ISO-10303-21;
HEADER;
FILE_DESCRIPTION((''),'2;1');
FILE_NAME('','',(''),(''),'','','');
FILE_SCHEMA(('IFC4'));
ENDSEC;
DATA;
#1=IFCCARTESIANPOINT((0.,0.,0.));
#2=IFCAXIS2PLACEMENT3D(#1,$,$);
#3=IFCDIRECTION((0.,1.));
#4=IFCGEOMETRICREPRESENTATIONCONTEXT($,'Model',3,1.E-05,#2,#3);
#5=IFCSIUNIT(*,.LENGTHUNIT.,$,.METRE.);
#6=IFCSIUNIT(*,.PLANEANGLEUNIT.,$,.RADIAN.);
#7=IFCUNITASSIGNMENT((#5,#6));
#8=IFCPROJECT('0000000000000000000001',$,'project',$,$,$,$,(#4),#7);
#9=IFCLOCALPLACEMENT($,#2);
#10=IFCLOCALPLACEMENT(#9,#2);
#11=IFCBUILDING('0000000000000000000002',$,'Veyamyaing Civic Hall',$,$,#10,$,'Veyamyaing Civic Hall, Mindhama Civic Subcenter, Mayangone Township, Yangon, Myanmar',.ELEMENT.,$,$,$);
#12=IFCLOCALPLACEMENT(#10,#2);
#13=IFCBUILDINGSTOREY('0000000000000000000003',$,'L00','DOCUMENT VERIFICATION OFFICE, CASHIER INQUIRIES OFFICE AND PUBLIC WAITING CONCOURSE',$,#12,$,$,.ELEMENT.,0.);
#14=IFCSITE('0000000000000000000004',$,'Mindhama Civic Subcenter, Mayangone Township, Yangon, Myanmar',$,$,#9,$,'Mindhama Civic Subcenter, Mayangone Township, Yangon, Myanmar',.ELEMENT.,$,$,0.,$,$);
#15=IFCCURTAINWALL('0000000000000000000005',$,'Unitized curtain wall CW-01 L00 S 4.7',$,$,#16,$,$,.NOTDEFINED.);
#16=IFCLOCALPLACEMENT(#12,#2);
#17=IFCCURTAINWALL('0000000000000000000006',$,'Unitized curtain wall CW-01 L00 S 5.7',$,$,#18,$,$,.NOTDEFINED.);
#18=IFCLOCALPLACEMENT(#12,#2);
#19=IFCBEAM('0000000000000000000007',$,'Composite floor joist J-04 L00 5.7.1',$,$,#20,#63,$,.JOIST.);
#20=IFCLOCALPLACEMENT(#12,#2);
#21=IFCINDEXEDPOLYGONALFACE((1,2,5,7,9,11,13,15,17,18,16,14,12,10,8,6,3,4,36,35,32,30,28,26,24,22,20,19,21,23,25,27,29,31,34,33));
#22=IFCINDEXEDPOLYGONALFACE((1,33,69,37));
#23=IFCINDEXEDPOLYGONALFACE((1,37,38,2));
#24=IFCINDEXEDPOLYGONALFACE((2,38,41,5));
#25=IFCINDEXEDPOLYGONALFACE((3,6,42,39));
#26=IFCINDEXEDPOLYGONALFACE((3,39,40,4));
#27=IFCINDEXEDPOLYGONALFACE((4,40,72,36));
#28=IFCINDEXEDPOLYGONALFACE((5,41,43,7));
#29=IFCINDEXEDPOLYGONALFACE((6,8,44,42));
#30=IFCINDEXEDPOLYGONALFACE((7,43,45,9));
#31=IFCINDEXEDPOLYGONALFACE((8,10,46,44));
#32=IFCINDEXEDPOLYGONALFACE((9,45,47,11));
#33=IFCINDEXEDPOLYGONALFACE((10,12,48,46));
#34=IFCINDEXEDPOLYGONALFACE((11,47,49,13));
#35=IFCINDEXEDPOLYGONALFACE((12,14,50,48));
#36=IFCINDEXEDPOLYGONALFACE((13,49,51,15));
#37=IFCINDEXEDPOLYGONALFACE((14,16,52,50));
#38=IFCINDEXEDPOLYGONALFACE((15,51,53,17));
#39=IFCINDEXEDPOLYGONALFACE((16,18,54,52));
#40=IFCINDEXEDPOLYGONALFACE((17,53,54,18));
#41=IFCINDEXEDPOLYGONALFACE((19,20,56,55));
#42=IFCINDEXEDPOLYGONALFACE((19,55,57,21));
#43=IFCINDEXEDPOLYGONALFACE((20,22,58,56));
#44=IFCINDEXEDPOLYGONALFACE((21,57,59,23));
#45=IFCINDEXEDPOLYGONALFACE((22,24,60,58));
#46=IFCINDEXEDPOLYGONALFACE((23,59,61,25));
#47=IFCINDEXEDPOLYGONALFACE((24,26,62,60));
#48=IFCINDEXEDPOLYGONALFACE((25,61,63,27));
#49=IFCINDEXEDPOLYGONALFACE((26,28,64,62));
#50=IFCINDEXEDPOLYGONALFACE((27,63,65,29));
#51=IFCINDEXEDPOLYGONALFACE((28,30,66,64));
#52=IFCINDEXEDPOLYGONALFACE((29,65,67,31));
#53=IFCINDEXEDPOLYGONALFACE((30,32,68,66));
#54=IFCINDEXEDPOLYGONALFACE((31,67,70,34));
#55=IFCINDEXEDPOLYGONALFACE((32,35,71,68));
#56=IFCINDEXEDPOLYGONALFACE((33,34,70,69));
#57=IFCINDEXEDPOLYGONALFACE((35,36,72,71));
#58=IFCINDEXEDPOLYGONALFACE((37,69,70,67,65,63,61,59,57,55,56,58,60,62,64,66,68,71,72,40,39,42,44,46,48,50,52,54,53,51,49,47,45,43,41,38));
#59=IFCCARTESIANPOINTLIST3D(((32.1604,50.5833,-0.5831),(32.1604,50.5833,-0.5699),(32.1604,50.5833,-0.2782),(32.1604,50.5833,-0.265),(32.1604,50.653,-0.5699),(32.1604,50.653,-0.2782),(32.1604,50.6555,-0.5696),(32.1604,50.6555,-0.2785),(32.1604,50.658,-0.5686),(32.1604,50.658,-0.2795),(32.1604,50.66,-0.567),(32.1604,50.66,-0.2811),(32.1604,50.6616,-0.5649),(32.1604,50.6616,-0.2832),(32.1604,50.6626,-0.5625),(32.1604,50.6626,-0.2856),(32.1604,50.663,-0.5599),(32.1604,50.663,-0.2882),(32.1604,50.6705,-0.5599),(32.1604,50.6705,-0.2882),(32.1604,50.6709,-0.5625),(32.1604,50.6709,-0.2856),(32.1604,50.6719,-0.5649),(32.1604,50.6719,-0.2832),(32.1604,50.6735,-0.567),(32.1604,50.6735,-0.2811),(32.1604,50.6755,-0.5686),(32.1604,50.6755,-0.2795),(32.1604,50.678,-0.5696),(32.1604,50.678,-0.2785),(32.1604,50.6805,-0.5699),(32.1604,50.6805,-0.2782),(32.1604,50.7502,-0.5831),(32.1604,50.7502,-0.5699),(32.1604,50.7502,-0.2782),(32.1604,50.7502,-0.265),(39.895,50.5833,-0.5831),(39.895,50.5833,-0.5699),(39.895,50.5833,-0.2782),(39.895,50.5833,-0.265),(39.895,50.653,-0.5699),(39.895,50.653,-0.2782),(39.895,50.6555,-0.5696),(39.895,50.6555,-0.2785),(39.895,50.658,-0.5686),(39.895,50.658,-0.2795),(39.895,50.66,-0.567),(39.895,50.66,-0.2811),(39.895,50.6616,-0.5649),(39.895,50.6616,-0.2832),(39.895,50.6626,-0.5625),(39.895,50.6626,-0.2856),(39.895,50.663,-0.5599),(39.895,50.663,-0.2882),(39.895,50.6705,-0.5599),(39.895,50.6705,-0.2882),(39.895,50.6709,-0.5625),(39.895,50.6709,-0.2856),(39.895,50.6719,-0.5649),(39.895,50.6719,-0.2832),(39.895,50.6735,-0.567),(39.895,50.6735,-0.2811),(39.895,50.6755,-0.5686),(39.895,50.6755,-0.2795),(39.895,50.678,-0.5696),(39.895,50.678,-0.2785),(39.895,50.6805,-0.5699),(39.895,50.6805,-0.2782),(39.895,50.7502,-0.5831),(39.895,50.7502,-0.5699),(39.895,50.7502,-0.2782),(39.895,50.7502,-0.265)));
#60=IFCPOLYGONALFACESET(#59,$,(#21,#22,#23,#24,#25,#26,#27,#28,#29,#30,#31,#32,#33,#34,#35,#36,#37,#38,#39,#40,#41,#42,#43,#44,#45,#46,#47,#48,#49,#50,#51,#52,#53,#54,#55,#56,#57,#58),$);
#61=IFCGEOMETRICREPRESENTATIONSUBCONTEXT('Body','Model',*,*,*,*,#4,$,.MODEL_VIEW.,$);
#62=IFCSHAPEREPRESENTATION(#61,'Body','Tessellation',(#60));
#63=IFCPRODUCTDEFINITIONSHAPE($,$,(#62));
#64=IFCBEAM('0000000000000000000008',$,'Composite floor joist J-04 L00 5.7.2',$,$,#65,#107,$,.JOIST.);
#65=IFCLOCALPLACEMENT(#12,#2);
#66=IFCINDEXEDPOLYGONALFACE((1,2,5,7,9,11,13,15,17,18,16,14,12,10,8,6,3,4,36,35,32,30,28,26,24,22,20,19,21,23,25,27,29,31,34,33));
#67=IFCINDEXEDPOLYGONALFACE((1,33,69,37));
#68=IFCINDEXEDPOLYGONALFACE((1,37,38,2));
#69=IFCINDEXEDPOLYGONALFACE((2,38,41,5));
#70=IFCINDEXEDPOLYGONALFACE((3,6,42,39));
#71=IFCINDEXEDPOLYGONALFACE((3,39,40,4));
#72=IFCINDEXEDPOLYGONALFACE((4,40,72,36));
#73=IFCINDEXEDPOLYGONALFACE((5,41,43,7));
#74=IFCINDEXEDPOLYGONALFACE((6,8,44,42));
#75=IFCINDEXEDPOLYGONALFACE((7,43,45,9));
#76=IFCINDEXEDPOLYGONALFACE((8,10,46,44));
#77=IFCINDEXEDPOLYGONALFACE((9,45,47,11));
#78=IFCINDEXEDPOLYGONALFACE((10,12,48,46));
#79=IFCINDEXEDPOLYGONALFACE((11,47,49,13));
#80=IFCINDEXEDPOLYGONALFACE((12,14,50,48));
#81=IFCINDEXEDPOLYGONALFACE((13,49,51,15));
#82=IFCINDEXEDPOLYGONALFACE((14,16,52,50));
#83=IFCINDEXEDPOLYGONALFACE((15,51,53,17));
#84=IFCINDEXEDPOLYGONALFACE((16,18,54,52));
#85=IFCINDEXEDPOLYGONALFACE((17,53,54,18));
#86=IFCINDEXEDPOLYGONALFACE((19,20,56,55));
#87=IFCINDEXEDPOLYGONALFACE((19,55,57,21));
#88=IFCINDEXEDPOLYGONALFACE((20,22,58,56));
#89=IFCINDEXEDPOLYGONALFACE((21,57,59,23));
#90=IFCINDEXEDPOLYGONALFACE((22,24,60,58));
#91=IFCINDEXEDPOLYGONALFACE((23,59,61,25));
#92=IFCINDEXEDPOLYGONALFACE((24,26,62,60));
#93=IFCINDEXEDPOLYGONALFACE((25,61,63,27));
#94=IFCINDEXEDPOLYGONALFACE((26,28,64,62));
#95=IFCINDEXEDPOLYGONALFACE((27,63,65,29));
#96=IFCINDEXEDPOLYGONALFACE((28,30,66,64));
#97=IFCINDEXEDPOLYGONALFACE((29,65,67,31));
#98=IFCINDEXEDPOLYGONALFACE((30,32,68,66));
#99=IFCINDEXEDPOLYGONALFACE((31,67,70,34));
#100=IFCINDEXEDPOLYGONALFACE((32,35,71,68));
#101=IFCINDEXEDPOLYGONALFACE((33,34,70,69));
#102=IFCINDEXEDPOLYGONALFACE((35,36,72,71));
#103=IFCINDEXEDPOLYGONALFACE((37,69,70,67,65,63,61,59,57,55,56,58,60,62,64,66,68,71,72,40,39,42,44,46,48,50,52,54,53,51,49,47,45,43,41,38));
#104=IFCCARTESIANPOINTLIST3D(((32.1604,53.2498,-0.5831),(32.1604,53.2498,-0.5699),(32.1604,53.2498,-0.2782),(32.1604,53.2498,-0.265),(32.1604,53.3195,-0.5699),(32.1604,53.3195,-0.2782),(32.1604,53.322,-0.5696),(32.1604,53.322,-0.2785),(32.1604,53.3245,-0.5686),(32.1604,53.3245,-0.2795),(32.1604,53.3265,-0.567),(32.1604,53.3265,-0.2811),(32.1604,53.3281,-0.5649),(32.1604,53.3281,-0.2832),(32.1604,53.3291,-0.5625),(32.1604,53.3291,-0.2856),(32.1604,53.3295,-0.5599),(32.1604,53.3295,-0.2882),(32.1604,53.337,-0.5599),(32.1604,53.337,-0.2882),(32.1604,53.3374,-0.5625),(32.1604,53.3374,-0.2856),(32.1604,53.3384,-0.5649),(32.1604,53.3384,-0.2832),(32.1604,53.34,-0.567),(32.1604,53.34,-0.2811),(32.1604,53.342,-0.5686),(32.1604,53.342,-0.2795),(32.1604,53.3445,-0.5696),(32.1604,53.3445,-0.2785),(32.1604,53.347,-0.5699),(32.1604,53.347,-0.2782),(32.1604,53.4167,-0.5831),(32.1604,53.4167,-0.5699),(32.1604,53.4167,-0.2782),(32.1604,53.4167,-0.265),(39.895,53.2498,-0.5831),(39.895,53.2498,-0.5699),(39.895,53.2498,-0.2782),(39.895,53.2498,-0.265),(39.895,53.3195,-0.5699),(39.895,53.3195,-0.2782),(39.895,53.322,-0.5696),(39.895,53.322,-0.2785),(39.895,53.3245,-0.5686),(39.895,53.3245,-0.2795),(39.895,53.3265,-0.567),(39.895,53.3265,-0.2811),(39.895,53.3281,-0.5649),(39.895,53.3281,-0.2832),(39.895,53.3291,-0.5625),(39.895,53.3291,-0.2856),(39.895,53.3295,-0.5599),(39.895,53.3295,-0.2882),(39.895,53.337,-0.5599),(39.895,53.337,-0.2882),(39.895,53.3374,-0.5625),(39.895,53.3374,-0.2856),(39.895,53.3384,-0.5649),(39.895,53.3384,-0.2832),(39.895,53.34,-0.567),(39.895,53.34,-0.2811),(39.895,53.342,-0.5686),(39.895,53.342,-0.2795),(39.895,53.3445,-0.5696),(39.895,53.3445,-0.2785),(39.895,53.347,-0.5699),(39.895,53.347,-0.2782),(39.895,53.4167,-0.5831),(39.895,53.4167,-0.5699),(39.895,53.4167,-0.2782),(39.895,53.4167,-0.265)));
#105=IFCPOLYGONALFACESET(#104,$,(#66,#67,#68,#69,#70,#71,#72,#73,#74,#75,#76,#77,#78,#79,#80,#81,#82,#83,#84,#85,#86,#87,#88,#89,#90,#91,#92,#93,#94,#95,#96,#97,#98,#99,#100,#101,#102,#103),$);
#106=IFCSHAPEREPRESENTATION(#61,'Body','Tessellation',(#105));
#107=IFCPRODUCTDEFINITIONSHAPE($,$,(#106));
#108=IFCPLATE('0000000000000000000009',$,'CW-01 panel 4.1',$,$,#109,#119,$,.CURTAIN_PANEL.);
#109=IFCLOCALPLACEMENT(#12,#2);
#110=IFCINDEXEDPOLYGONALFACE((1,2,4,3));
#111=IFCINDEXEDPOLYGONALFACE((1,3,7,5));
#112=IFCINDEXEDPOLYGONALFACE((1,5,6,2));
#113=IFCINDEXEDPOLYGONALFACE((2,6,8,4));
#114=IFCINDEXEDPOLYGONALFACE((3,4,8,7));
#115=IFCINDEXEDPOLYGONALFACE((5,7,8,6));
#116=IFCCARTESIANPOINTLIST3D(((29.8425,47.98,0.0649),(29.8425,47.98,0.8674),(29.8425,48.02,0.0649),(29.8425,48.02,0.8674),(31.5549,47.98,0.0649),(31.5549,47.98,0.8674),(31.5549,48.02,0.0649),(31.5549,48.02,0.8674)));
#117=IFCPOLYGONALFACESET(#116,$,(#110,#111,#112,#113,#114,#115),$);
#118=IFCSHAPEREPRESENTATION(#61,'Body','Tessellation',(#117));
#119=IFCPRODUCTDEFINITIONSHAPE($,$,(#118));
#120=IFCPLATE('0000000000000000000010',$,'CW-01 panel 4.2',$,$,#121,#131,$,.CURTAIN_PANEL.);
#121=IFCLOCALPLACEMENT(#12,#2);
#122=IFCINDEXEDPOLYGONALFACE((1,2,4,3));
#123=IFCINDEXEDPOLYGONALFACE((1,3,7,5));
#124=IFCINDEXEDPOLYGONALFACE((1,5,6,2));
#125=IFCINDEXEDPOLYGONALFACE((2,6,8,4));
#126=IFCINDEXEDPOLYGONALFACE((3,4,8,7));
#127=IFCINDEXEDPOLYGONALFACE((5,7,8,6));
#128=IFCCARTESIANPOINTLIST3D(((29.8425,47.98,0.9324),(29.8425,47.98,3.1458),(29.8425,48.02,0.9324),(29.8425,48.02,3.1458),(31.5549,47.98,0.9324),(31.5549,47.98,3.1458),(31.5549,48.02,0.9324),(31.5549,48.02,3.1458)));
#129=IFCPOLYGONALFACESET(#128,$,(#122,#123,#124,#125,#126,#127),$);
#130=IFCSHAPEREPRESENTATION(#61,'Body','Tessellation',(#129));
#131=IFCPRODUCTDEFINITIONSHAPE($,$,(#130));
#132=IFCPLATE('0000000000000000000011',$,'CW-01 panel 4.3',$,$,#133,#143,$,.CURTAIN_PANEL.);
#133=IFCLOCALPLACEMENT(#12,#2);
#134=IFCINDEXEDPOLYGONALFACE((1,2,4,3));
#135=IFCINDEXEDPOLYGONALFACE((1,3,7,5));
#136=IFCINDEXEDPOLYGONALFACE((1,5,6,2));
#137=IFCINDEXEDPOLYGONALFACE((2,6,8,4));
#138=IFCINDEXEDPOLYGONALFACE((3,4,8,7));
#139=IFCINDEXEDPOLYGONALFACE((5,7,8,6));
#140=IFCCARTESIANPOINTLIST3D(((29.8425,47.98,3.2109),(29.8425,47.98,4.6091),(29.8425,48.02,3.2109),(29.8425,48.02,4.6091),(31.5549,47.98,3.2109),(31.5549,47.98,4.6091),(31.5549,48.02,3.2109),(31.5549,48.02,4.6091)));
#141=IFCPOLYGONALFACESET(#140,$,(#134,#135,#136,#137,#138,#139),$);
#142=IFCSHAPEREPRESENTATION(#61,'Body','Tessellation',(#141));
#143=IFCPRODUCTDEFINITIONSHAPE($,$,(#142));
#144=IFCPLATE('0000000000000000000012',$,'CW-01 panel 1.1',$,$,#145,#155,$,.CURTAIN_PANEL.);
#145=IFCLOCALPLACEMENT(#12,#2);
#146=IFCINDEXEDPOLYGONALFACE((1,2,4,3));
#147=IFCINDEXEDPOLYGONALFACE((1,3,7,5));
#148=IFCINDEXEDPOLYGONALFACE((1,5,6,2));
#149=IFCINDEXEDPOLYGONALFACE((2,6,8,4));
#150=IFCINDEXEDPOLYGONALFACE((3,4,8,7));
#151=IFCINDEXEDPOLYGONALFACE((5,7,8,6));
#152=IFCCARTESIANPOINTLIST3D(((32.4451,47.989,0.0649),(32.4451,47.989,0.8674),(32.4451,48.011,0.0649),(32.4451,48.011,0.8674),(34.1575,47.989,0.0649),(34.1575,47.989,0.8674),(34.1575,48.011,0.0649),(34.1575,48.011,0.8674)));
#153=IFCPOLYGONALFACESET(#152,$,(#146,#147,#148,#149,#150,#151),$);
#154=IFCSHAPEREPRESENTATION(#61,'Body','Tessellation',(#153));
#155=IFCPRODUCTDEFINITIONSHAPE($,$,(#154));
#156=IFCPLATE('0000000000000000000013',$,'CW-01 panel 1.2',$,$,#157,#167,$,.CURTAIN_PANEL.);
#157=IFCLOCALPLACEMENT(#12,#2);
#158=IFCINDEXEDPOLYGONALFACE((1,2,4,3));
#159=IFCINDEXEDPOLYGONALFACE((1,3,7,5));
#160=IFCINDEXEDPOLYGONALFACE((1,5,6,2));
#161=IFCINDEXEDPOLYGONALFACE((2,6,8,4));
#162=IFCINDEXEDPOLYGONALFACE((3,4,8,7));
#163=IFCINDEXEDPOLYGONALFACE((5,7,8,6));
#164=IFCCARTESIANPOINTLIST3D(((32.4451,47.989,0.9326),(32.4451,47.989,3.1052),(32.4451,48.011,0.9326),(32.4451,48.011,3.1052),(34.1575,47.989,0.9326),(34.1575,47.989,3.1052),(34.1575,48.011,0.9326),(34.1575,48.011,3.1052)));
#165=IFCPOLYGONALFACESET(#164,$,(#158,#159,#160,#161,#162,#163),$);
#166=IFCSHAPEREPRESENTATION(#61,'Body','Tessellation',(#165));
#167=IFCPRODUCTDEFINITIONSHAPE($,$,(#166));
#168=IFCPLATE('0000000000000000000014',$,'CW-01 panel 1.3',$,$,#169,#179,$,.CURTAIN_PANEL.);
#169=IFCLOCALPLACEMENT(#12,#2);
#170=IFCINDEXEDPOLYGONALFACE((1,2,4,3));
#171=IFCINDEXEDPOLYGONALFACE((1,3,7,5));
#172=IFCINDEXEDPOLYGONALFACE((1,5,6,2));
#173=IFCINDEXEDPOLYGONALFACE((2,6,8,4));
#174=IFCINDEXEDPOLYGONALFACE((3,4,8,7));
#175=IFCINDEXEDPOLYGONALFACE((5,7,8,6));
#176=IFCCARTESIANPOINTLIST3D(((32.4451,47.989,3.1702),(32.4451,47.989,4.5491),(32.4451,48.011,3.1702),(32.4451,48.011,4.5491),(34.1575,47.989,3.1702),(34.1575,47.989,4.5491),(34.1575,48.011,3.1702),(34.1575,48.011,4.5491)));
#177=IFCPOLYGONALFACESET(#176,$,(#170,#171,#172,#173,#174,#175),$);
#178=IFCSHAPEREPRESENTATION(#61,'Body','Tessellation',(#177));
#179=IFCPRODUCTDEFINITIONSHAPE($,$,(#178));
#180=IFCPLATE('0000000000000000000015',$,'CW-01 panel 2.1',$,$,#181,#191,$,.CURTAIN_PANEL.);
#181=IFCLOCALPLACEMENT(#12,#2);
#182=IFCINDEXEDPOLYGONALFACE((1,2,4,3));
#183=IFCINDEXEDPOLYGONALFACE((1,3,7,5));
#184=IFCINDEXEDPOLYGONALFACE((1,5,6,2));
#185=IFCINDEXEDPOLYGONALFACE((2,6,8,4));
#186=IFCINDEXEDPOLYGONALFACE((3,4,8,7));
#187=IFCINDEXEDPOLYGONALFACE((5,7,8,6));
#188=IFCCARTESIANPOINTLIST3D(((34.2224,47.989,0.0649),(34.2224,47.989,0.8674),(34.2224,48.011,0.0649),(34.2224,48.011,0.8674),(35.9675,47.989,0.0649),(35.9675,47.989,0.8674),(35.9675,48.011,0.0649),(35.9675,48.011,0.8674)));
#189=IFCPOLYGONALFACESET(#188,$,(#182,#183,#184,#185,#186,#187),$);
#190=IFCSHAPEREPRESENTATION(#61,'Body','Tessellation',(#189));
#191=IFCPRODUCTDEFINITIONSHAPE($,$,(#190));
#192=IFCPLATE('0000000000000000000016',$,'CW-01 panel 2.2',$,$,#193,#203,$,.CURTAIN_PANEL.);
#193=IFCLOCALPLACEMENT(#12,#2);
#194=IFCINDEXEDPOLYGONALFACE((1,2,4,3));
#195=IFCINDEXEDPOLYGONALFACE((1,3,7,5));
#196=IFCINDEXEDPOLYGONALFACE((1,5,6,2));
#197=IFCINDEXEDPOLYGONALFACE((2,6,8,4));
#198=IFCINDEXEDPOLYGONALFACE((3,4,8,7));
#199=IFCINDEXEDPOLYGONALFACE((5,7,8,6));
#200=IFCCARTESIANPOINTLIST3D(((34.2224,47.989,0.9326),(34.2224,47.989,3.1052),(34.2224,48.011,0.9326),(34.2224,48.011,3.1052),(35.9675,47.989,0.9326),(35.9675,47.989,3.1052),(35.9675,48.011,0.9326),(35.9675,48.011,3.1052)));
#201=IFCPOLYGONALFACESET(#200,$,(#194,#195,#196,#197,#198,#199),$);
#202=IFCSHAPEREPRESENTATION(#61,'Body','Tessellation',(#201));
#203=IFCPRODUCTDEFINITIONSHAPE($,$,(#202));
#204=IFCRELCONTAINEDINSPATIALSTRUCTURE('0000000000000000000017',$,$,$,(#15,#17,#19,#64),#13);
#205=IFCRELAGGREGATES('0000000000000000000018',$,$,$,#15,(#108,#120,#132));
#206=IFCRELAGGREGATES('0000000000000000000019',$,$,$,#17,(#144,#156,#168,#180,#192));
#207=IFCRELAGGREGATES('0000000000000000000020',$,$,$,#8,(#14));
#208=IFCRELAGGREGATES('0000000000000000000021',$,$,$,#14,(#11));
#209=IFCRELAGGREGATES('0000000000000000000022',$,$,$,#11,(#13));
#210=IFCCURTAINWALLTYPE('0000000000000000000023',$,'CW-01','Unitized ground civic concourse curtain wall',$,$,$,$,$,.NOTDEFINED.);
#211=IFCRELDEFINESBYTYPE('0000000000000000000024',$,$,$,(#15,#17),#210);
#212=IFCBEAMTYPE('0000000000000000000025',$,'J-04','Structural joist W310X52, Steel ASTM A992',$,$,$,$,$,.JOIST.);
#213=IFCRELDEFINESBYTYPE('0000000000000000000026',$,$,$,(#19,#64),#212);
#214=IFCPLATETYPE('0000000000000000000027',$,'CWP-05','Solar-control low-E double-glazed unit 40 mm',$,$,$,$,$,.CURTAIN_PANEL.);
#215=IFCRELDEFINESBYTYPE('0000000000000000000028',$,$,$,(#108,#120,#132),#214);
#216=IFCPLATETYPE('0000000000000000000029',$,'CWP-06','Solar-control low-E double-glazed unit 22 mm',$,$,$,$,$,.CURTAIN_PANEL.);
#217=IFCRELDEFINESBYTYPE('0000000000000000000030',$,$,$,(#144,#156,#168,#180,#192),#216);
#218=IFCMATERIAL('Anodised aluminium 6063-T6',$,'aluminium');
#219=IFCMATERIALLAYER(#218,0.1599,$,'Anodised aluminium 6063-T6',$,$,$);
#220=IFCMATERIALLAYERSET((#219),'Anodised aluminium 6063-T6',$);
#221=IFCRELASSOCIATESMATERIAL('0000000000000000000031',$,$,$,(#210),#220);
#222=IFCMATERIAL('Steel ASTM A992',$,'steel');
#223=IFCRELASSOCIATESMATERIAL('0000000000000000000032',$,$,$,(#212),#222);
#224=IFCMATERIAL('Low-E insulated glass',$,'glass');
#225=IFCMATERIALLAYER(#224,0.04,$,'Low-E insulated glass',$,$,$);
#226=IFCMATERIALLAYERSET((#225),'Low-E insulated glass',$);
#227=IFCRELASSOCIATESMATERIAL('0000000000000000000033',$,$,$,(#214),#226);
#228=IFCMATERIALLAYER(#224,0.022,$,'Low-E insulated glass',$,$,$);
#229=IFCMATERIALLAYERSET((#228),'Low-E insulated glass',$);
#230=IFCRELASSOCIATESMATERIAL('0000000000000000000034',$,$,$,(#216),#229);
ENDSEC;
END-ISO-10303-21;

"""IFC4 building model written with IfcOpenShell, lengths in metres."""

from ifc_helpers import new_model, si_unit, direction, frame, origin, origin_2d, place, context, subcontext, project, spatial, rectangle, i_section, extrude, material, layer, layer_set, material_profile, profile_set, type_object, element, aggregate, save


model = new_model("IFC4")

# Units and contexts
model_context = context("Model", 3, precision=1e-05, world=origin(), true_north=direction((0.0, 1.0)))
body_context = subcontext(model_context, "Body", "Model", "MODEL_VIEW")
ifc_project = project(units=[si_unit("LENGTHUNIT", "METRE"), si_unit("PLANEANGLEUNIT", "RADIAN")], contexts=[model_context])

# Site, building, storey
site_placement = place(None, origin())
site = spatial("IfcSite", under=ifc_project, at=site_placement, Name="Mindhama Civic Subcenter, Mayangone Township, Yangon, Myanmar", LongName="Mindhama Civic Subcenter, Mayangone Township, Yangon, Myanmar", CompositionType="ELEMENT", RefElevation=0.0)
building_placement = place(site_placement, origin())
building = spatial("IfcBuilding", under=site, at=building_placement, Name="Veyamyaing Civic Hall", LongName="Veyamyaing Civic Hall, Mindhama Civic Subcenter, Mayangone Township, Yangon, Myanmar", CompositionType="ELEMENT")
storey_placement = place(building_placement, origin())
storey = spatial("IfcBuildingStorey", under=building, at=storey_placement, Name="L00", Description="DOCUMENT VERIFICATION OFFICE, CASHIER INQUIRIES OFFICE AND PUBLIC WAITING CONCOURSE", CompositionType="ELEMENT", Elevation=0.0)

# Shared definitions
ifc_material_1 = material(Name="Steel ASTM A992", Category="steel")

# Curtain wall
ifc_material_2 = material(Name="Anodised aluminium 6063-T6", Category="aluminium")
ifc_layer_1 = layer(ifc_material_2, 0.1599, Name="Anodised aluminium 6063-T6")
ifc_layer_set_1 = layer_set([ifc_layer_1], Name="Anodised aluminium 6063-T6")
curtain_wall_type = type_object("IfcCurtainWallType", Name="CW-01", Description="Unitized ground civic concourse curtain wall", PredefinedType="NOTDEFINED", material=ifc_layer_set_1)
curtain_wall_1_placement = place(storey_placement, origin())
curtain_wall_1 = element("IfcCurtainWall", 1, at=curtain_wall_1_placement, inside=storey, type_object=curtain_wall_type, Name="Unitized curtain wall CW-01 L00 S 4.7", PredefinedType="NOTDEFINED")

# Curtain wall
curtain_wall_2_placement = place(storey_placement, origin())
curtain_wall_2 = element("IfcCurtainWall", 2, at=curtain_wall_2_placement, inside=storey, type_object=curtain_wall_type, Name="Unitized curtain wall CW-01 L00 S 5.7", PredefinedType="NOTDEFINED")

# Beams
ifc_material_profile_1 = material_profile(ifc_material_1, i_section(OverallWidth=0.167, OverallDepth=0.3181, WebThickness=0.0076, FlangeThickness=0.0132, FilletRadius=0.01, at=origin_2d()), Name="W310X52")
ifc_profile_set_1 = profile_set([ifc_material_profile_1], Name="Steel ASTM A992")
beam_type_1 = type_object("IfcBeamType", Name="J-04", Description="Structural joist W310X52, Steel ASTM A992", PredefinedType="JOIST", material=ifc_profile_set_1)
for number, where, z_axis, x_axis, name in (
    (3, (32.1604, 50.6667, -0.4241), (1.0, 0.0, 0.0), (0.0, 1.0, 0.0), "Composite floor joist J-04 L00 5.7.1"),
    (4, (32.1604, 53.3333, -0.4241), (1.0, 0.0, 0.0), (0.0, 1.0, 0.0), "Composite floor joist J-04 L00 5.7.2"),
):
    element("IfcBeam", number, at=place(storey_placement, frame(where, z_axis=z_axis, x_axis=x_axis)), inside=storey, type_object=beam_type_1, Name=name, PredefinedType="JOIST", context=body_context, shape_type="SweptSolid", body=[
        extrude(i_section(OverallWidth=0.167, OverallDepth=0.3181, WebThickness=0.0076, FlangeThickness=0.0132, FilletRadius=0.01, at=origin_2d()), origin(), (0.0, 0.0, 1.0), 7.7346),
    ])

# Plates
ifc_material_3 = material(Name="Low-E insulated glass", Category="glass")
ifc_layer_2 = layer(ifc_material_3, 0.04, Name="Low-E insulated glass")
ifc_layer_set_2 = layer_set([ifc_layer_2], Name="Low-E insulated glass")
plate_type_1 = type_object("IfcPlateType", Name="CWP-05", Description="Solar-control low-E double-glazed unit 40 mm", PredefinedType="CURTAIN_PANEL", material=ifc_layer_set_2)
plate_1_placement = place(storey_placement, frame((30.6987, 48.0, 0.0649), z_axis=(0.0, 0.0, 1.0), x_axis=(1.0, 0.0, 0.0)))
plate_1 = element("IfcPlate", 5, at=plate_1_placement, type_object=plate_type_1, Name="CW-01 panel 4.1", PredefinedType="CURTAIN_PANEL", context=body_context, shape_type="SweptSolid", body=[
    extrude(rectangle(XDim=1.7124, YDim=0.04, at=origin_2d()), origin(), (0.0, 0.0, 1.0), 0.8025),
])
plate_2_placement = place(storey_placement, frame((30.6987, 48.0, 0.9324), z_axis=(0.0, 0.0, 1.0), x_axis=(1.0, 0.0, 0.0)))
plate_2 = element("IfcPlate", 6, at=plate_2_placement, type_object=plate_type_1, Name="CW-01 panel 4.2", PredefinedType="CURTAIN_PANEL", context=body_context, shape_type="SweptSolid", body=[
    extrude(rectangle(XDim=1.7124, YDim=0.04, at=origin_2d()), origin(), (0.0, 0.0, 1.0), 2.2134),
])
plate_3_placement = place(storey_placement, frame((30.6987, 48.0, 3.2109), z_axis=(0.0, 0.0, 1.0), x_axis=(1.0, 0.0, 0.0)))
plate_3 = element("IfcPlate", 7, at=plate_3_placement, type_object=plate_type_1, Name="CW-01 panel 4.3", PredefinedType="CURTAIN_PANEL", context=body_context, shape_type="SweptSolid", body=[
    extrude(rectangle(XDim=1.7124, YDim=0.04, at=origin_2d()), origin(), (0.0, 0.0, 1.0), 1.3982),
])
aggregate(curtain_wall_1, [plate_1, plate_2, plate_3])
ifc_layer_3 = layer(ifc_material_3, 0.022, Name="Low-E insulated glass")
ifc_layer_set_3 = layer_set([ifc_layer_3], Name="Low-E insulated glass")
plate_type_2 = type_object("IfcPlateType", Name="CWP-06", Description="Solar-control low-E double-glazed unit 22 mm", PredefinedType="CURTAIN_PANEL", material=ifc_layer_set_3)
plate_4_placement = place(storey_placement, frame((33.3013, 48.0, 0.0649), z_axis=(0.0, 0.0, 1.0), x_axis=(1.0, 0.0, 0.0)))
plate_4 = element("IfcPlate", 8, at=plate_4_placement, type_object=plate_type_2, Name="CW-01 panel 1.1", PredefinedType="CURTAIN_PANEL", context=body_context, shape_type="SweptSolid", body=[
    extrude(rectangle(XDim=1.7124, YDim=0.022, at=origin_2d()), origin(), (0.0, 0.0, 1.0), 0.8025),
])
plate_5_placement = place(storey_placement, frame((33.3013, 48.0, 0.9326), z_axis=(0.0, 0.0, 1.0), x_axis=(1.0, 0.0, 0.0)))
plate_5 = element("IfcPlate", 9, at=plate_5_placement, type_object=plate_type_2, Name="CW-01 panel 1.2", PredefinedType="CURTAIN_PANEL", context=body_context, shape_type="SweptSolid", body=[
    extrude(rectangle(XDim=1.7124, YDim=0.022, at=origin_2d()), origin(), (0.0, 0.0, 1.0), 2.1726),
])
plate_6_placement = place(storey_placement, frame((33.3013, 48.0, 3.1702), z_axis=(0.0, 0.0, 1.0), x_axis=(1.0, 0.0, 0.0)))
plate_6 = element("IfcPlate", 10, at=plate_6_placement, type_object=plate_type_2, Name="CW-01 panel 1.3", PredefinedType="CURTAIN_PANEL", context=body_context, shape_type="SweptSolid", body=[
    extrude(rectangle(XDim=1.7124, YDim=0.022, at=origin_2d()), origin(), (0.0, 0.0, 1.0), 1.3789),
])
plate_7_placement = place(storey_placement, frame((35.095, 48.0, 0.0649), z_axis=(0.0, 0.0, 1.0), x_axis=(1.0, 0.0, 0.0)))
plate_7 = element("IfcPlate", 11, at=plate_7_placement, type_object=plate_type_2, Name="CW-01 panel 2.1", PredefinedType="CURTAIN_PANEL", context=body_context, shape_type="SweptSolid", body=[
    extrude(rectangle(XDim=1.7451, YDim=0.022, at=origin_2d()), origin(), (0.0, 0.0, 1.0), 0.8025),
])
plate_8_placement = place(storey_placement, frame((35.095, 48.0, 0.9326), z_axis=(0.0, 0.0, 1.0), x_axis=(1.0, 0.0, 0.0)))
plate_8 = element("IfcPlate", 12, at=plate_8_placement, type_object=plate_type_2, Name="CW-01 panel 2.2", PredefinedType="CURTAIN_PANEL", context=body_context, shape_type="SweptSolid", body=[
    extrude(rectangle(XDim=1.7451, YDim=0.022, at=origin_2d()), origin(), (0.0, 0.0, 1.0), 2.1726),
])
aggregate(curtain_wall_2, [plate_4, plate_5, plate_6, plate_7, plate_8])

save(model, "model.ifc")
